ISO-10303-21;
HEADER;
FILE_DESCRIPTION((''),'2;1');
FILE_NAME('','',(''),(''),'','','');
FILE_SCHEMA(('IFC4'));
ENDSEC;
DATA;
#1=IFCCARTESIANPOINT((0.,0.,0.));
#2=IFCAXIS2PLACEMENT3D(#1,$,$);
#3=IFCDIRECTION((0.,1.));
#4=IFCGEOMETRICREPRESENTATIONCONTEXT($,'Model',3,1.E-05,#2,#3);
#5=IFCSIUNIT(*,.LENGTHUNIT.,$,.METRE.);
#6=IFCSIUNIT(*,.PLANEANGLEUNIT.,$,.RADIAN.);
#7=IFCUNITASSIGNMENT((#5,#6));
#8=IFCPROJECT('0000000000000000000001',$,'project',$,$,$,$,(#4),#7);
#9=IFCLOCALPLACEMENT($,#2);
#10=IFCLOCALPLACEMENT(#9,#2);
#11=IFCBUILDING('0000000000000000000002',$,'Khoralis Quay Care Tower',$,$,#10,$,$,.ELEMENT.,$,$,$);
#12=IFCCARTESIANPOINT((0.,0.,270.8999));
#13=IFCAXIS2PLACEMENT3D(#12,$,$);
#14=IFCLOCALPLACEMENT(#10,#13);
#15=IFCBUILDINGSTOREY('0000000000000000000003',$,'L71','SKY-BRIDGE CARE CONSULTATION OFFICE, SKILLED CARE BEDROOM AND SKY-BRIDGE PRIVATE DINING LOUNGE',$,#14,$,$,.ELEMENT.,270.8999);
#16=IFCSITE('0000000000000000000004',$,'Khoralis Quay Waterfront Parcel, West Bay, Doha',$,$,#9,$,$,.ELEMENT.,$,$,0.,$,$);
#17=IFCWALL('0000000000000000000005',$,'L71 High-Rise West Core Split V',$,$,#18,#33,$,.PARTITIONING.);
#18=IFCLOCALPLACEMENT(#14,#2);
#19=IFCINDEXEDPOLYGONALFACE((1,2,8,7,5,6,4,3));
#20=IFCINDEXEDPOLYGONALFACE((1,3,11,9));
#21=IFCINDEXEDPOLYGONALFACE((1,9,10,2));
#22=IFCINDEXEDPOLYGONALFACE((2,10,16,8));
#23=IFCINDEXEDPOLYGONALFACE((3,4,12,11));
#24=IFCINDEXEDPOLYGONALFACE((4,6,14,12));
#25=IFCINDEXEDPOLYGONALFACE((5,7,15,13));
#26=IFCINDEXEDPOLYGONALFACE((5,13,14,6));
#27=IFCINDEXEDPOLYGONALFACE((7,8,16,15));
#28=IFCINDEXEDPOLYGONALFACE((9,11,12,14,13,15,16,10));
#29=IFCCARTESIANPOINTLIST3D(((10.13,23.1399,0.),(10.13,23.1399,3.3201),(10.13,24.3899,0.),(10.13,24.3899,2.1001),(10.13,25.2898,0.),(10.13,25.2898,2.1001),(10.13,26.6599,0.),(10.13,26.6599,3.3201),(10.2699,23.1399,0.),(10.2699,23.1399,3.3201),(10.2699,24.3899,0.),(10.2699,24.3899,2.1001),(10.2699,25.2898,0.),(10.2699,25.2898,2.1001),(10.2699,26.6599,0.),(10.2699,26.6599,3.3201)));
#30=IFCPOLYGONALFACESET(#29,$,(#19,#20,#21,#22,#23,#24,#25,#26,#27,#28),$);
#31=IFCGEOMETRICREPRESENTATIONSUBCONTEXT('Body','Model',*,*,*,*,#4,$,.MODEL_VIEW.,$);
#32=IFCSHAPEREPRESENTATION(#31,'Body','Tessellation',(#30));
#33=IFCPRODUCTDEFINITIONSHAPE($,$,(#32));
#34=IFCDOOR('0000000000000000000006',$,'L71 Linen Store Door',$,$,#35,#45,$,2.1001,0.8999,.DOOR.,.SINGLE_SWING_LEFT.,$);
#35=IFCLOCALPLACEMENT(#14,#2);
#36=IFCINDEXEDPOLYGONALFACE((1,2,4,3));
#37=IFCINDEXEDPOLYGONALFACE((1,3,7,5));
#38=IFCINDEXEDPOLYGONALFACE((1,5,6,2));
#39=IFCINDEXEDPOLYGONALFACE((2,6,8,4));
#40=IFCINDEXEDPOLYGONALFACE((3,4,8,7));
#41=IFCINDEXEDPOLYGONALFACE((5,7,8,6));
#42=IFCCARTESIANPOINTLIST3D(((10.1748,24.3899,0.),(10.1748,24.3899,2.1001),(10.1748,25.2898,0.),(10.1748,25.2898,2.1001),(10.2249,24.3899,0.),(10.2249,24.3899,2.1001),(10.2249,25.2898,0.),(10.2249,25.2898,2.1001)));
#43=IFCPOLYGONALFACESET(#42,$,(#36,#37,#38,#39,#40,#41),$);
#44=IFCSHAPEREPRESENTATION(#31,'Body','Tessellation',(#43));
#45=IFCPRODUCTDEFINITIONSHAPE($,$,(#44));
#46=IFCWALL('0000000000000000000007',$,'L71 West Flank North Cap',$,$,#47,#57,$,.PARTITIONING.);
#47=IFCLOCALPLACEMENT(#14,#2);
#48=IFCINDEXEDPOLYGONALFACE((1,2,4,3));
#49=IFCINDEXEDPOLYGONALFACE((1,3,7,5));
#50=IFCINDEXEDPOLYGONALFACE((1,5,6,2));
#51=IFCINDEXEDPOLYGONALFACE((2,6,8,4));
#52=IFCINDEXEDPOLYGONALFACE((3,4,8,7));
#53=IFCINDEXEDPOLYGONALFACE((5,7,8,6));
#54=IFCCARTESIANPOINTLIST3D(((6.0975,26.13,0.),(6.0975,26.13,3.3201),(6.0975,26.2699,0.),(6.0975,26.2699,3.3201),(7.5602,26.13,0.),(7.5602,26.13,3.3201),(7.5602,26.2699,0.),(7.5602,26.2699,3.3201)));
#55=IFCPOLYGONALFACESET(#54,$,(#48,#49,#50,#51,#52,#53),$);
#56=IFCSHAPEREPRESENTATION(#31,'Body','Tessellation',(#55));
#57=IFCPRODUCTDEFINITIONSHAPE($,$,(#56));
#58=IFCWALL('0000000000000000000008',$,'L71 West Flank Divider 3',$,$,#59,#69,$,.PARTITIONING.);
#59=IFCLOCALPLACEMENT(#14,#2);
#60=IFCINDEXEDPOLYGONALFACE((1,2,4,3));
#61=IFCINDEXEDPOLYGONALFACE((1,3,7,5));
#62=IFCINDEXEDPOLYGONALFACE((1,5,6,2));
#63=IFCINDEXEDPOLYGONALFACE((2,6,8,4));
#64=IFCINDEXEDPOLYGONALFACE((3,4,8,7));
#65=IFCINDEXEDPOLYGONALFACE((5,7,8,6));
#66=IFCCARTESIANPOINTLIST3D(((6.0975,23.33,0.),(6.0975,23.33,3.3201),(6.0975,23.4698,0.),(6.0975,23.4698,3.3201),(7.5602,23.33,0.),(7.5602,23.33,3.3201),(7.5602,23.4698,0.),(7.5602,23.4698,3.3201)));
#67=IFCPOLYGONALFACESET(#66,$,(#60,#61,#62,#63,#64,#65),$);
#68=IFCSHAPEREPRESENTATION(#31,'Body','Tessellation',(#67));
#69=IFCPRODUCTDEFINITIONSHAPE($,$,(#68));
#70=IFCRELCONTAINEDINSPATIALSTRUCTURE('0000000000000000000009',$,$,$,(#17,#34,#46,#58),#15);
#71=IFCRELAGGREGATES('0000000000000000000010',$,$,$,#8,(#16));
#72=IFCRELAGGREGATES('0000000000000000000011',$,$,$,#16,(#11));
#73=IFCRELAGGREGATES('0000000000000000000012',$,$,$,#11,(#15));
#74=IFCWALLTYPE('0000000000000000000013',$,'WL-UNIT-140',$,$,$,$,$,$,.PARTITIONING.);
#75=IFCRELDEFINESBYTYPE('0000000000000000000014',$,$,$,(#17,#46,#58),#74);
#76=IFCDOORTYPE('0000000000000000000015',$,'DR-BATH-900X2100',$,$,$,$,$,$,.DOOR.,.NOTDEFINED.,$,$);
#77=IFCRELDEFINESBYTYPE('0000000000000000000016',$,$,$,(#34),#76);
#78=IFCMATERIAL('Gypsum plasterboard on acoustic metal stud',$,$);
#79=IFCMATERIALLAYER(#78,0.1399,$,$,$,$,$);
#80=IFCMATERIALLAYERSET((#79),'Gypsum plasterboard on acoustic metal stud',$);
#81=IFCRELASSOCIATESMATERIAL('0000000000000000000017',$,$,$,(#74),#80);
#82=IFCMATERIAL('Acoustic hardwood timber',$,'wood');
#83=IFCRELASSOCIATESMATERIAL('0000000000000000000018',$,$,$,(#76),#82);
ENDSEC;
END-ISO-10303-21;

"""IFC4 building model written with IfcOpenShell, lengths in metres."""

from ifc_helpers import new_model, si_unit, direction, frame, frame_2d, origin, place, context, subcontext, project, spatial, rectangle, extrude, source, transform, mapped, material, layer, layer_set, type_object, element, fill, save


model = new_model("IFC4")

# Units and contexts
model_context = context("Model", 3, precision=1e-05, world=origin(), true_north=direction((0.0, 1.0)))
body_context = subcontext(model_context, "Body", "Model", "MODEL_VIEW")
ifc_project = project(units=[si_unit("LENGTHUNIT", "METRE"), si_unit("PLANEANGLEUNIT", "RADIAN")], contexts=[model_context])

# Site, building, storey
site_placement = place(None, origin())
site = spatial("IfcSite", under=ifc_project, at=site_placement, Name="Khoralis Quay Waterfront Parcel, West Bay, Doha", CompositionType="ELEMENT", RefElevation=0.0)
building_placement = place(site_placement, origin())
building = spatial("IfcBuilding", under=site, at=building_placement, Name="Khoralis Quay Care Tower", CompositionType="ELEMENT")
storey_placement = place(building_placement, frame((0.0, 0.0, 270.8999)))
storey = spatial("IfcBuildingStorey", under=building, at=storey_placement, Name="L71", Description="SKY-BRIDGE CARE CONSULTATION OFFICE, SKILLED CARE BEDROOM AND SKY-BRIDGE PRIVATE DINING LOUNGE", CompositionType="ELEMENT", Elevation=270.8999)

# Shared definitions
ifc_material_1 = material(Name="Acoustic hardwood timber", Category="wood")

# Shared definitions
ifc_material_2 = material(Name="Gypsum plasterboard on acoustic metal stud")

# Wall, opening, door
ifc_layer_1 = layer(ifc_material_2, 0.1399)
ifc_layer_set_1 = layer_set([ifc_layer_1], Name="Gypsum plasterboard on acoustic metal stud")
wall_type_1 = type_object("IfcWallType", Name="WL-UNIT-140", PredefinedType="PARTITIONING", material=ifc_layer_set_1)
wall_1_placement = place(storey_placement, frame((10.2, 23.1399, 0.0), z_axis=(0.0, 0.0, 1.0), x_axis=(0.0, 1.0, 0.0)))
wall_1 = element("IfcWall", 1, at=wall_1_placement, inside=storey, type_object=wall_type_1, Name="L71 High-Rise West Core Split V", PredefinedType="PARTITIONING", context=body_context, shape_type="SweptSolid", body=[
    extrude(rectangle(XDim=3.52, YDim=0.1399, at=frame_2d((1.76, 0.0))), origin(), (0.0, 0.0, 1.0), 3.3201),
])
opening_1_placement = place(wall_1_placement, frame((1.25, 0.0, 0.0)))
opening_1 = element("IfcOpeningElement", 2, at=opening_1_placement, cuts=wall_1, PredefinedType="OPENING", context=body_context, shape_type="SweptSolid", body=[
    extrude(rectangle(XDim=0.8999, YDim=2.1001, at=frame_2d((0.45, 1.05))), frame((0.0, 0.0801, 0.0), z_axis=(0.0, -1.0, 0.0), x_axis=(1.0, 0.0, 0.0)), (0.0, 0.0, 1.0), 0.1599),
])
door_type_1 = type_object("IfcDoorType", Name="DR-BATH-900X2100", OperationType="NOTDEFINED", PredefinedType="DOOR", material=ifc_material_1)
shared_shape_1 = source(origin(), body_context, "Body", "SweptSolid", [
    extrude(rectangle(XDim=0.8999, YDim=2.1001, at=frame_2d((0.45, 1.05))), frame((0.0, 0.0249, 0.0), z_axis=(0.0, -1.0, 0.0), x_axis=(1.0, 0.0, 0.0)), (0.0, 0.0, 1.0), 0.05),
])
door_1_placement = place(opening_1_placement, frame((0.8999, 0.0, 0.0), z_axis=(0.0, 0.0, 1.0), x_axis=(-1.0, 0.0, 0.0)))
door_1 = element("IfcDoor", 3, at=door_1_placement, inside=storey, type_object=door_type_1, Name="L71 Linen Store Door", OperationType="SINGLE_SWING_LEFT", OverallHeight=2.1001, OverallWidth=0.8999, PredefinedType="DOOR", context=body_context, shape_type="MappedRepresentation", body=[
    mapped(shared_shape_1, transform((0.0, 0.0, 0.0), scale=1.0)),
])
fill(opening_1, door_1)

# Walls
for number, where, z_axis, x_axis, name in (
    (4, (6.0974, 26.2, 0.0), (0.0, 0.0, 1.0), (1.0, 0.0, 0.0), "L71 West Flank North Cap"),
    (5, (6.0974, 23.3999, 0.0), (0.0, 0.0, 1.0), (1.0, 0.0, 0.0), "L71 West Flank Divider 3"),
):
    element("IfcWall", number, at=place(storey_placement, frame(where, z_axis=z_axis, x_axis=x_axis)), inside=storey, type_object=wall_type_1, Name=name, PredefinedType="PARTITIONING", context=body_context, shape_type="SweptSolid", body=[
        extrude(rectangle(XDim=1.4626, YDim=0.1399, at=frame_2d((0.7314, 0.0))), origin(), (0.0, 0.0, 1.0), 3.3201),
    ])

save(model, "model.ifc")
